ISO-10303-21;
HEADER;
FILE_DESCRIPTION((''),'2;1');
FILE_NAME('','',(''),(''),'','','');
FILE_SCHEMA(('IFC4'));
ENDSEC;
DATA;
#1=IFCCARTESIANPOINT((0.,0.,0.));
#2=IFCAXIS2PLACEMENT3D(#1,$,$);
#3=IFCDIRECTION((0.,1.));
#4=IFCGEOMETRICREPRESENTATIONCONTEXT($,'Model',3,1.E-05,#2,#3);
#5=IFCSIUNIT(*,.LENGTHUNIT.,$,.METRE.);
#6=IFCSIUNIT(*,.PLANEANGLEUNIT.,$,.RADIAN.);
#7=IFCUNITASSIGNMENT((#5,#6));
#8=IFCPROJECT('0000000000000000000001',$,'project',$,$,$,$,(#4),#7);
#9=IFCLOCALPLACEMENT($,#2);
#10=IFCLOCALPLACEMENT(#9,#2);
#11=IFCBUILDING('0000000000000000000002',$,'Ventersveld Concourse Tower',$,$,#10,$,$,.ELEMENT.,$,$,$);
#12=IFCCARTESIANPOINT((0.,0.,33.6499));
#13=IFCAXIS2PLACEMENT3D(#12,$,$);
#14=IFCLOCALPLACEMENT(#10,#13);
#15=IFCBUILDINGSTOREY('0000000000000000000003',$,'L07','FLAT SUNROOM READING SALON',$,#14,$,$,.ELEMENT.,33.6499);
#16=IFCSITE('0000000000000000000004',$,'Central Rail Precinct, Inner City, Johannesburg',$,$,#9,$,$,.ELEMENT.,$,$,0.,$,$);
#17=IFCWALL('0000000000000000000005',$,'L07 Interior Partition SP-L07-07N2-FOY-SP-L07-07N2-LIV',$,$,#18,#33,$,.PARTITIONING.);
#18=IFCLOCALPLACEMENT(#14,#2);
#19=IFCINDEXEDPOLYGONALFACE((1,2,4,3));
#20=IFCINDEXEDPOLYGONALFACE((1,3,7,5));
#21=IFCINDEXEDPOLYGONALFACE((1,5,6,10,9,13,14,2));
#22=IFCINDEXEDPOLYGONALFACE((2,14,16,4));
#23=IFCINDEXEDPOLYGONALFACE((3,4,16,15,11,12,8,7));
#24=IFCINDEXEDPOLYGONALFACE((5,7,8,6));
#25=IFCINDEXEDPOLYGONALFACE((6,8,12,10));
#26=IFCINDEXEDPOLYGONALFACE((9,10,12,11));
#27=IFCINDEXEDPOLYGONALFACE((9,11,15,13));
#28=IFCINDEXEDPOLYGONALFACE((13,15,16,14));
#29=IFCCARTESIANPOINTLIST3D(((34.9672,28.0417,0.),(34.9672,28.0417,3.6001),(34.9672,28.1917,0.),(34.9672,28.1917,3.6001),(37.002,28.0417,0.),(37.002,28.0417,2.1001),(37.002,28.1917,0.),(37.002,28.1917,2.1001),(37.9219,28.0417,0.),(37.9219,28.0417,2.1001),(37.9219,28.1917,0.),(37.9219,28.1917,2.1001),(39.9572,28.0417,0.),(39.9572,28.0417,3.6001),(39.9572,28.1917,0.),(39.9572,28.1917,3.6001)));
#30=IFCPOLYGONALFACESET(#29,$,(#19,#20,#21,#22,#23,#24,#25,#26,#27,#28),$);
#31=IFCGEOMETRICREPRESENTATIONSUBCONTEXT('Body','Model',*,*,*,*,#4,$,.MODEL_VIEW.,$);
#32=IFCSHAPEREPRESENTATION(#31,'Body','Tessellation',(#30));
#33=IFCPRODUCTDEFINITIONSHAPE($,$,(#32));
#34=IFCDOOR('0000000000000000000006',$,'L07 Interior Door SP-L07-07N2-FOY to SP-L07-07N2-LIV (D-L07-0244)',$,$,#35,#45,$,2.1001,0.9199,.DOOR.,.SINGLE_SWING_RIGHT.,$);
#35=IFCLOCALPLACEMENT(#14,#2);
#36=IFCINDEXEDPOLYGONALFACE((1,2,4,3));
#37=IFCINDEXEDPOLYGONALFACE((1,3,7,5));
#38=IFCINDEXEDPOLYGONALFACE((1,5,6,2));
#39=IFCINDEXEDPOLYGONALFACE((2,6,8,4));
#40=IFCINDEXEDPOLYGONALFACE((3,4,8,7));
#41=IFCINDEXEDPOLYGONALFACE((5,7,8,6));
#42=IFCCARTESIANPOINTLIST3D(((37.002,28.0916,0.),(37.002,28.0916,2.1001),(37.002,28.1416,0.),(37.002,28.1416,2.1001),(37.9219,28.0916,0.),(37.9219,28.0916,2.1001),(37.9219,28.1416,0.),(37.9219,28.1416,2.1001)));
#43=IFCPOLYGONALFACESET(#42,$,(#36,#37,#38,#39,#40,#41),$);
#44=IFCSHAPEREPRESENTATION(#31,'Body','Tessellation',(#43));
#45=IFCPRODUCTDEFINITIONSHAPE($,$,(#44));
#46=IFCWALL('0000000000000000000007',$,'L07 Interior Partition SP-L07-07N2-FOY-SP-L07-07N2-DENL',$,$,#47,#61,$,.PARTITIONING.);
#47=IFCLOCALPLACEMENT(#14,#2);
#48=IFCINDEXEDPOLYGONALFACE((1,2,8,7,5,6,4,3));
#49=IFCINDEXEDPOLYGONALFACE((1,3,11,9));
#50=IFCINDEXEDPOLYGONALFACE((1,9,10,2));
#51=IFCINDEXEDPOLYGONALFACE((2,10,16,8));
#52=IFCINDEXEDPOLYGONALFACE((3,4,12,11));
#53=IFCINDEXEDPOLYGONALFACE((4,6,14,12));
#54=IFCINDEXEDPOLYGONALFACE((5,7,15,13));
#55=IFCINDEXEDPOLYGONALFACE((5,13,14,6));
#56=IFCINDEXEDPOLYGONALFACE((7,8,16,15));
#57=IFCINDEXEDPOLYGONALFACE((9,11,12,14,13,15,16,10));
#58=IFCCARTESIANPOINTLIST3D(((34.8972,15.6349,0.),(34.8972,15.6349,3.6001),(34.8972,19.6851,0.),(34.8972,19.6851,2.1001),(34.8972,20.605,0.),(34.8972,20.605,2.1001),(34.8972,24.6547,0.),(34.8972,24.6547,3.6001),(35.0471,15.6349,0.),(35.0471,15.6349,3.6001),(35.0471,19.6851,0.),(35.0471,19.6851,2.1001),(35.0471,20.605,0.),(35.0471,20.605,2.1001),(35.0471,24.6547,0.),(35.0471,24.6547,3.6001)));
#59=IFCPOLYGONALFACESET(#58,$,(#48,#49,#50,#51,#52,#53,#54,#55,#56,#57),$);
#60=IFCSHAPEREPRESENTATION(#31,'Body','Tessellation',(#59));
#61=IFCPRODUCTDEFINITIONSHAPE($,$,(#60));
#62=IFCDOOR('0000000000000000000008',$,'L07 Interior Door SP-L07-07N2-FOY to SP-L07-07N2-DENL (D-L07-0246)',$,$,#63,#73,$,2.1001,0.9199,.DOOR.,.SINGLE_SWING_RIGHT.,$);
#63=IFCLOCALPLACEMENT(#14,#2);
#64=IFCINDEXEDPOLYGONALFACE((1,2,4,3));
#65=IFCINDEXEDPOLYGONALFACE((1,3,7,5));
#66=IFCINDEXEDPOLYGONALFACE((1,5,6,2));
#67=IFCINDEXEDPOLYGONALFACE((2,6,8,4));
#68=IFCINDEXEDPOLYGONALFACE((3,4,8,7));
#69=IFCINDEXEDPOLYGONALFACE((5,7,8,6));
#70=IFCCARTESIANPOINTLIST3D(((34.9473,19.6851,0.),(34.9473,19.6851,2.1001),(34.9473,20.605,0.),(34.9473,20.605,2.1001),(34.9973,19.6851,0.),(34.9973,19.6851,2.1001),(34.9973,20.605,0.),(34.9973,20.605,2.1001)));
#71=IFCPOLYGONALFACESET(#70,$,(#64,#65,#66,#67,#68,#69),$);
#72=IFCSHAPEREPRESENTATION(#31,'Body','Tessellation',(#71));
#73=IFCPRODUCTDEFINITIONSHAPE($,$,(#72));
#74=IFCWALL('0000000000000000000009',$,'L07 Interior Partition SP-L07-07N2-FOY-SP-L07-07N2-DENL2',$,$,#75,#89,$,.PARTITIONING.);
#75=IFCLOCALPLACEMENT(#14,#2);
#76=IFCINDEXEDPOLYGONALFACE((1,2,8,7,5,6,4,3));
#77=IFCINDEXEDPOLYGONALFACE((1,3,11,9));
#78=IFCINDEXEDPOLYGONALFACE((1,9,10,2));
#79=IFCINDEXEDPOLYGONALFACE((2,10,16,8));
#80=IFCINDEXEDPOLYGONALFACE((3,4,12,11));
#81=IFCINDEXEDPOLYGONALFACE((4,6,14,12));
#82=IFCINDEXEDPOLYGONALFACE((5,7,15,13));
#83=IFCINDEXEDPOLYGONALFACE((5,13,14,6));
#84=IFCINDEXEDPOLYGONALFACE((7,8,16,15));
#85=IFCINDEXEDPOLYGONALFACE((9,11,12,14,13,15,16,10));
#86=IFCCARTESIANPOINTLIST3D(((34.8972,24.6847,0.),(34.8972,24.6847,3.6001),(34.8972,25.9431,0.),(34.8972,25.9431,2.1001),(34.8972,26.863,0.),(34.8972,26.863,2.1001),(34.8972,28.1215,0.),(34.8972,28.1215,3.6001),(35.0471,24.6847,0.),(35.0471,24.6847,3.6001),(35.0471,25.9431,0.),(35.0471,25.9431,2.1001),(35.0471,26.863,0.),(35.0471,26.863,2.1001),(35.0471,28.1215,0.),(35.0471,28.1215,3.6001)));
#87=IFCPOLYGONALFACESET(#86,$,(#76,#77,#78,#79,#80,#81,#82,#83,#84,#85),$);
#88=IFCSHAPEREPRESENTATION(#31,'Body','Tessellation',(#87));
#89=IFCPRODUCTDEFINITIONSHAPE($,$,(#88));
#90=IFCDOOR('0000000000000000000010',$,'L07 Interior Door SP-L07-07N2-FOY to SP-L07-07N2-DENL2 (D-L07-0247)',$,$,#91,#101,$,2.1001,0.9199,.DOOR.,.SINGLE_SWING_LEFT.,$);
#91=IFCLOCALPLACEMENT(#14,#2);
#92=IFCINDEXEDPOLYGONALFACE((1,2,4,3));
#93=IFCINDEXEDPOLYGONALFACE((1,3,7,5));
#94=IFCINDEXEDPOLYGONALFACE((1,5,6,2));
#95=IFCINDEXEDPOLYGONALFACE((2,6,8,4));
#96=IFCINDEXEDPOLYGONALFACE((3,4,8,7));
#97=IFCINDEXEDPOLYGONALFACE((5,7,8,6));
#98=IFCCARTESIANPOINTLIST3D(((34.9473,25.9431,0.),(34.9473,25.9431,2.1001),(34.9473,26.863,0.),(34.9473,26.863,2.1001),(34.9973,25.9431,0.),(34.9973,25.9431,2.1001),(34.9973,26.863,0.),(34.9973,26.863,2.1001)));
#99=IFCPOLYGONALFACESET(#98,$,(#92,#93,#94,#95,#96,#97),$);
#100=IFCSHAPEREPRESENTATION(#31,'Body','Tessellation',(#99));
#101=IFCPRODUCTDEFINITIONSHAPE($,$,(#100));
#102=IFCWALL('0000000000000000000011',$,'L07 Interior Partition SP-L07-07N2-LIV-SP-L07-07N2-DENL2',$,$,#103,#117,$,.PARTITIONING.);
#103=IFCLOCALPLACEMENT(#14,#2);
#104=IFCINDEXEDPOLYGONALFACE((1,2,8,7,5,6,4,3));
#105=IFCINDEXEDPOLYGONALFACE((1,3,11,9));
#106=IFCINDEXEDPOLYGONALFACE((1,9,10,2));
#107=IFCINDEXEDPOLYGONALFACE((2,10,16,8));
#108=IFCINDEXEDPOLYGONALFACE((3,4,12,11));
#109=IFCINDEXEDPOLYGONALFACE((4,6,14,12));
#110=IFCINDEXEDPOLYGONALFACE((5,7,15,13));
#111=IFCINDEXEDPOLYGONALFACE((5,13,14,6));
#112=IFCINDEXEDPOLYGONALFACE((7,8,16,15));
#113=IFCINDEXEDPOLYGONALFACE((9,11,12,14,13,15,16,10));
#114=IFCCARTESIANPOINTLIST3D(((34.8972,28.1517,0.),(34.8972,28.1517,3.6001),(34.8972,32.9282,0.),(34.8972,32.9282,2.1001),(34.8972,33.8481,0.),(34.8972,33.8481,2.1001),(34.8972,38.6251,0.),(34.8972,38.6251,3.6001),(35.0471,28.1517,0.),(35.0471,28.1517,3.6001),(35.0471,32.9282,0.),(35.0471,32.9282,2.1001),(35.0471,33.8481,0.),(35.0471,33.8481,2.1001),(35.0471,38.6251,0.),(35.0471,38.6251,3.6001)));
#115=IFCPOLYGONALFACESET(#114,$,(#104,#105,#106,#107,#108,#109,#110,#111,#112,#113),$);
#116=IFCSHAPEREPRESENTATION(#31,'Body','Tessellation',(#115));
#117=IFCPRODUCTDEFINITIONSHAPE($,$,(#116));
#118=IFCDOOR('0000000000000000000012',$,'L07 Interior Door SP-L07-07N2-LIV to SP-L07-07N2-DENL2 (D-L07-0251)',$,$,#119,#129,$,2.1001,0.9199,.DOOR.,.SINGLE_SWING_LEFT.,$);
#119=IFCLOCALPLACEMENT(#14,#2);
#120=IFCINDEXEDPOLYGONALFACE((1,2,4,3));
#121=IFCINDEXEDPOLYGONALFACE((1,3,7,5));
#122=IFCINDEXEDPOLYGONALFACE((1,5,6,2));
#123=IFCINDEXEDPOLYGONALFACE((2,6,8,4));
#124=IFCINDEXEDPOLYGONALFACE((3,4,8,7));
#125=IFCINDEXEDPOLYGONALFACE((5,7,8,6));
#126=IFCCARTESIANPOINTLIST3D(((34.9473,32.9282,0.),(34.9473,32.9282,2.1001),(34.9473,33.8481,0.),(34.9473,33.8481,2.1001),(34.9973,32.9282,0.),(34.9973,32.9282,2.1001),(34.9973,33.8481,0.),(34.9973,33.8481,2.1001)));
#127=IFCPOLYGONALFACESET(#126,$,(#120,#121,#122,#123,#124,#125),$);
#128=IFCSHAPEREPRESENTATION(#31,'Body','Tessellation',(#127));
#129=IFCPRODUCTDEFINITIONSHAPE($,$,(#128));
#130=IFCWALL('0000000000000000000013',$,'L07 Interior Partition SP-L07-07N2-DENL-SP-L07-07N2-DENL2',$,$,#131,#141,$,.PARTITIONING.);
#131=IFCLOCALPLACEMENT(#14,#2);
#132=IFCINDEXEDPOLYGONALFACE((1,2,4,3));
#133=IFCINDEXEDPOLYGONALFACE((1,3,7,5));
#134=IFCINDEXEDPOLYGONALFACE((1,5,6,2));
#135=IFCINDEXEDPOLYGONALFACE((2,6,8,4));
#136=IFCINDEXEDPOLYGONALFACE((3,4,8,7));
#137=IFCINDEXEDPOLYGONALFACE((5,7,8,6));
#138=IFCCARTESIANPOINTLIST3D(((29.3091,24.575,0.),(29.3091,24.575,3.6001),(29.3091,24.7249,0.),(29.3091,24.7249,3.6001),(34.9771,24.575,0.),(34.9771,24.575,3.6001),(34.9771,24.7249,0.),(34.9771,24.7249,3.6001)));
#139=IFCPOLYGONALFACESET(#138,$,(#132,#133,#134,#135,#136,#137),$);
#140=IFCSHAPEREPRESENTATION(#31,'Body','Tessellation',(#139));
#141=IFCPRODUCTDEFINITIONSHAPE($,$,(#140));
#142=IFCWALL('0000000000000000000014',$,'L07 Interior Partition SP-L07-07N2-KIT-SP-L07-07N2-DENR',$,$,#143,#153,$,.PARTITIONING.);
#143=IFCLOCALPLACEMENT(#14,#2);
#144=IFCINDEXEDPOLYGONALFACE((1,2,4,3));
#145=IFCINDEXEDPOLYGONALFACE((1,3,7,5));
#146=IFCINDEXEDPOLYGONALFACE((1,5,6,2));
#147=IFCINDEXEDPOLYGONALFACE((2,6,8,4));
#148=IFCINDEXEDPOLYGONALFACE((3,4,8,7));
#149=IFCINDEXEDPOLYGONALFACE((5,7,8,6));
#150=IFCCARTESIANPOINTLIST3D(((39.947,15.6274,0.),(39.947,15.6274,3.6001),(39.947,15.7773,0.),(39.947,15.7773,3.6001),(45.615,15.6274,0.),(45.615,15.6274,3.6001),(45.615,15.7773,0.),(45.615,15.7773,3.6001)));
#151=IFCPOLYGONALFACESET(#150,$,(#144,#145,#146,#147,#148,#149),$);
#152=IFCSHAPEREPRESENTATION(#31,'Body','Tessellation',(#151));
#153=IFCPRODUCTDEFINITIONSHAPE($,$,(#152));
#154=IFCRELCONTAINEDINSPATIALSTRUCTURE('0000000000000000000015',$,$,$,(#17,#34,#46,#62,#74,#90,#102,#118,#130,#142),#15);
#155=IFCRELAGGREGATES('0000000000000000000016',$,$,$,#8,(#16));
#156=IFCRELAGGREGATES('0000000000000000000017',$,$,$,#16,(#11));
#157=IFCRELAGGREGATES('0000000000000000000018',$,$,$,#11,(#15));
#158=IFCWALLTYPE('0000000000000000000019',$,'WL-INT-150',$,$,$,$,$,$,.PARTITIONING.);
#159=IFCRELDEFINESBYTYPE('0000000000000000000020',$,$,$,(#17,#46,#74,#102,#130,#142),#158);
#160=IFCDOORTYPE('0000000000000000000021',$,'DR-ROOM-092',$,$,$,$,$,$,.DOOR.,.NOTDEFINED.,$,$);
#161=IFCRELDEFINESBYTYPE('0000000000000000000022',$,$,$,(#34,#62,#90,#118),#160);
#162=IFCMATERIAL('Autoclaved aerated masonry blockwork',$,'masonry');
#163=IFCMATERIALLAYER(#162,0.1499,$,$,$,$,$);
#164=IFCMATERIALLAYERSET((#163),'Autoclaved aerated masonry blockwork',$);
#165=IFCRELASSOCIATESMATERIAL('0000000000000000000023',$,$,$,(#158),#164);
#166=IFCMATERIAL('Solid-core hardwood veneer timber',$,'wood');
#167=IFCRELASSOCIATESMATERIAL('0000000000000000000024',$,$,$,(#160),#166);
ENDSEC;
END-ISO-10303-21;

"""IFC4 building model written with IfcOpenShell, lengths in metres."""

from ifc_helpers import new_model, si_unit, direction, frame, frame_2d, origin, place, context, subcontext, project, spatial, rectangle, extrude, material, layer, layer_set, type_object, element, fill, save


model = new_model("IFC4")

# Units and contexts
model_context = context("Model", 3, precision=1e-05, world=origin(), true_north=direction((0.0, 1.0)))
body_context = subcontext(model_context, "Body", "Model", "MODEL_VIEW")
ifc_project = project(units=[si_unit("LENGTHUNIT", "METRE"), si_unit("PLANEANGLEUNIT", "RADIAN")], contexts=[model_context])

# Site, building, storey
site_placement = place(None, origin())
site = spatial("IfcSite", under=ifc_project, at=site_placement, Name="Central Rail Precinct, Inner City, Johannesburg", CompositionType="ELEMENT", RefElevation=0.0)
building_placement = place(site_placement, origin())
building = spatial("IfcBuilding", under=site, at=building_placement, Name="Ventersveld Concourse Tower", CompositionType="ELEMENT")
storey_placement = place(building_placement, frame((0.0, 0.0, 33.6499)))
storey = spatial("IfcBuildingStorey", under=building, at=storey_placement, Name="L07", Description="FLAT SUNROOM READING SALON", CompositionType="ELEMENT", Elevation=33.6499)

# Walls, openings, doors
ifc_material_1 = material(Name="Autoclaved aerated masonry blockwork", Category="masonry")
ifc_layer_1 = layer(ifc_material_1, 0.1499)
ifc_layer_set_1 = layer_set([ifc_layer_1], Name="Autoclaved aerated masonry blockwork")
wall_type_1 = type_object("IfcWallType", Name="WL-INT-150", PredefinedType="PARTITIONING", material=ifc_layer_set_1)
wall_1_placement = place(storey_placement, frame((34.967, 28.1167, 0.0), z_axis=(0.0, 0.0, 1.0), x_axis=(1.0, 0.0, 0.0)))
wall_1 = element("IfcWall", 1, at=wall_1_placement, inside=storey, type_object=wall_type_1, Name="L07 Interior Partition SP-L07-07N2-FOY-SP-L07-07N2-LIV", PredefinedType="PARTITIONING", context=body_context, shape_type="SweptSolid", body=[
    extrude(rectangle(XDim=4.99, YDim=0.1499, at=frame_2d((2.4951, 0.0))), origin(), (0.0, 0.0, 1.0), 3.6001),
])
opening_1_placement = place(wall_1_placement, frame((2.0349, 0.0, 0.0)))
opening_1 = element("IfcOpeningElement", 2, at=opening_1_placement, cuts=wall_1, PredefinedType="OPENING", context=body_context, shape_type="SweptSolid", body=[
    extrude(rectangle(XDim=0.9199, YDim=2.1001, at=frame_2d((0.46, 1.05))), frame((0.0, 0.085, 0.0), z_axis=(0.0, -1.0, 0.0), x_axis=(1.0, 0.0, 0.0)), (0.0, 0.0, 1.0), 0.1699),
])
ifc_material_2 = material(Name="Solid-core hardwood veneer timber", Category="wood")
door_type = type_object("IfcDoorType", Name="DR-ROOM-092", OperationType="NOTDEFINED", PredefinedType="DOOR", material=ifc_material_2)
door_1_placement = place(opening_1_placement, origin())
door_1 = element("IfcDoor", 3, at=door_1_placement, inside=storey, type_object=door_type, Name="L07 Interior Door SP-L07-07N2-FOY to SP-L07-07N2-LIV (D-L07-0244)", OperationType="SINGLE_SWING_RIGHT", OverallHeight=2.1001, OverallWidth=0.9199, PredefinedType="DOOR", context=body_context, shape_type="SweptSolid", body=[
    extrude(rectangle(XDim=0.9199, YDim=2.1001, at=frame_2d((0.46, 1.05))), frame((0.0, 0.0249, 0.0), z_axis=(0.0, -1.0, 0.0), x_axis=(1.0, 0.0, 0.0)), (0.0, 0.0, 1.0), 0.05),
])
fill(opening_1, door_1)
wall_2_placement = place(storey_placement, frame((34.9722, 15.635, 0.0), z_axis=(0.0, 0.0, 1.0), x_axis=(0.0, 1.0, 0.0)))
wall_2 = element("IfcWall", 4, at=wall_2_placement, inside=storey, type_object=wall_type_1, Name="L07 Interior Partition SP-L07-07N2-FOY-SP-L07-07N2-DENL", PredefinedType="PARTITIONING", context=body_context, shape_type="SweptSolid", body=[
    extrude(rectangle(XDim=9.0198, YDim=0.1499, at=frame_2d((4.5098, 0.0))), origin(), (0.0, 0.0, 1.0), 3.6001),
])
opening_2_placement = place(wall_2_placement, frame((4.05, 0.0, 0.0)))
opening_2 = element("IfcOpeningElement", 5, at=opening_2_placement, cuts=wall_2, PredefinedType="OPENING", context=body_context, shape_type="SweptSolid", body=[
    extrude(rectangle(XDim=0.9199, YDim=2.1001, at=frame_2d((0.46, 1.05))), frame((0.0, 0.085, 0.0), z_axis=(0.0, -1.0, 0.0), x_axis=(1.0, 0.0, 0.0)), (0.0, 0.0, 1.0), 0.1699),
])
door_2_placement = place(opening_2_placement, origin())
door_2 = element("IfcDoor", 6, at=door_2_placement, inside=storey, type_object=door_type, Name="L07 Interior Door SP-L07-07N2-FOY to SP-L07-07N2-DENL (D-L07-0246)", OperationType="SINGLE_SWING_RIGHT", OverallHeight=2.1001, OverallWidth=0.9199, PredefinedType="DOOR", context=body_context, shape_type="SweptSolid", body=[
    extrude(rectangle(XDim=0.9199, YDim=2.1001, at=frame_2d((0.46, 1.05))), frame((0.0, 0.0249, 0.0), z_axis=(0.0, -1.0, 0.0), x_axis=(1.0, 0.0, 0.0)), (0.0, 0.0, 1.0), 0.05),
])
fill(opening_2, door_2)
wall_3_placement = place(storey_placement, frame((34.9722, 24.6848, 0.0), z_axis=(0.0, 0.0, 1.0), x_axis=(0.0, 1.0, 0.0)))
wall_3 = element("IfcWall", 7, at=wall_3_placement, inside=storey, type_object=wall_type_1, Name="L07 Interior Partition SP-L07-07N2-FOY-SP-L07-07N2-DENL2", PredefinedType="PARTITIONING", context=body_context, shape_type="SweptSolid", body=[
    extrude(rectangle(XDim=3.4368, YDim=0.1499, at=frame_2d((1.7183, 0.0))), origin(), (0.0, 0.0, 1.0), 3.6001),
])
opening_3_placement = place(wall_3_placement, frame((1.2583, 0.0, 0.0)))
opening_3 = element("IfcOpeningElement", 8, at=opening_3_placement, cuts=wall_3, PredefinedType="OPENING", context=body_context, shape_type="SweptSolid", body=[
    extrude(rectangle(XDim=0.9199, YDim=2.1001, at=frame_2d((0.46, 1.05))), frame((0.0, 0.085, 0.0), z_axis=(0.0, -1.0, 0.0), x_axis=(1.0, 0.0, 0.0)), (0.0, 0.0, 1.0), 0.1699),
])
door_3_placement = place(opening_3_placement, origin())
door_3 = element("IfcDoor", 9, at=door_3_placement, inside=storey, type_object=door_type, Name="L07 Interior Door SP-L07-07N2-FOY to SP-L07-07N2-DENL2 (D-L07-0247)", OperationType="SINGLE_SWING_LEFT", OverallHeight=2.1001, OverallWidth=0.9199, PredefinedType="DOOR", context=body_context, shape_type="SweptSolid", body=[
    extrude(rectangle(XDim=0.9199, YDim=2.1001, at=frame_2d((0.46, 1.05))), frame((0.0, 0.0249, 0.0), z_axis=(0.0, -1.0, 0.0), x_axis=(1.0, 0.0, 0.0)), (0.0, 0.0, 1.0), 0.05),
])
fill(opening_3, door_3)
wall_4_placement = place(storey_placement, frame((34.9722, 28.1516, 0.0), z_axis=(0.0, 0.0, 1.0), x_axis=(0.0, 1.0, 0.0)))
wall_4 = element("IfcWall", 10, at=wall_4_placement, inside=storey, type_object=wall_type_1, Name="L07 Interior Partition SP-L07-07N2-LIV-SP-L07-07N2-DENL2", PredefinedType="PARTITIONING", context=body_context, shape_type="SweptSolid", body=[
    extrude(rectangle(XDim=10.4734, YDim=0.1499, at=frame_2d((5.2368, 0.0))), origin(), (0.0, 0.0, 1.0), 3.6001),
])
opening_4_placement = place(wall_4_placement, frame((4.7766, 0.0, 0.0)))
opening_4 = element("IfcOpeningElement", 11, at=opening_4_placement, cuts=wall_4, PredefinedType="OPENING", context=body_context, shape_type="SweptSolid", body=[
    extrude(rectangle(XDim=0.9199, YDim=2.1001, at=frame_2d((0.46, 1.05))), frame((0.0, 0.085, 0.0), z_axis=(0.0, -1.0, 0.0), x_axis=(1.0, 0.0, 0.0)), (0.0, 0.0, 1.0), 0.1699),
])
door_4_placement = place(opening_4_placement, origin())
door_4 = element("IfcDoor", 12, at=door_4_placement, inside=storey, type_object=door_type, Name="L07 Interior Door SP-L07-07N2-LIV to SP-L07-07N2-DENL2 (D-L07-0251)", OperationType="SINGLE_SWING_LEFT", OverallHeight=2.1001, OverallWidth=0.9199, PredefinedType="DOOR", context=body_context, shape_type="SweptSolid", body=[
    extrude(rectangle(XDim=0.9199, YDim=2.1001, at=frame_2d((0.46, 1.05))), frame((0.0, 0.0249, 0.0), z_axis=(0.0, -1.0, 0.0), x_axis=(1.0, 0.0, 0.0)), (0.0, 0.0, 1.0), 0.05),
])
fill(opening_4, door_4)

# Walls
for number, where, z_axis, x_axis, name in (
    (13, (29.3091, 24.6499, 0.0), (0.0, 0.0, 1.0), (1.0, 0.0, 0.0), "L07 Interior Partition SP-L07-07N2-DENL-SP-L07-07N2-DENL2"),
    (14, (39.947, 15.7024, 0.0), (0.0, 0.0, 1.0), (1.0, 0.0, 0.0), "L07 Interior Partition SP-L07-07N2-KIT-SP-L07-07N2-DENR"),
):
    element("IfcWall", number, at=place(storey_placement, frame(where, z_axis=z_axis, x_axis=x_axis)), inside=storey, type_object=wall_type_1, Name=name, PredefinedType="PARTITIONING", context=body_context, shape_type="SweptSolid", body=[
        extrude(rectangle(XDim=5.668, YDim=0.1499, at=frame_2d((2.834, 0.0))), origin(), (0.0, 0.0, 1.0), 3.6001),
    ])

save(model, "model.ifc")
